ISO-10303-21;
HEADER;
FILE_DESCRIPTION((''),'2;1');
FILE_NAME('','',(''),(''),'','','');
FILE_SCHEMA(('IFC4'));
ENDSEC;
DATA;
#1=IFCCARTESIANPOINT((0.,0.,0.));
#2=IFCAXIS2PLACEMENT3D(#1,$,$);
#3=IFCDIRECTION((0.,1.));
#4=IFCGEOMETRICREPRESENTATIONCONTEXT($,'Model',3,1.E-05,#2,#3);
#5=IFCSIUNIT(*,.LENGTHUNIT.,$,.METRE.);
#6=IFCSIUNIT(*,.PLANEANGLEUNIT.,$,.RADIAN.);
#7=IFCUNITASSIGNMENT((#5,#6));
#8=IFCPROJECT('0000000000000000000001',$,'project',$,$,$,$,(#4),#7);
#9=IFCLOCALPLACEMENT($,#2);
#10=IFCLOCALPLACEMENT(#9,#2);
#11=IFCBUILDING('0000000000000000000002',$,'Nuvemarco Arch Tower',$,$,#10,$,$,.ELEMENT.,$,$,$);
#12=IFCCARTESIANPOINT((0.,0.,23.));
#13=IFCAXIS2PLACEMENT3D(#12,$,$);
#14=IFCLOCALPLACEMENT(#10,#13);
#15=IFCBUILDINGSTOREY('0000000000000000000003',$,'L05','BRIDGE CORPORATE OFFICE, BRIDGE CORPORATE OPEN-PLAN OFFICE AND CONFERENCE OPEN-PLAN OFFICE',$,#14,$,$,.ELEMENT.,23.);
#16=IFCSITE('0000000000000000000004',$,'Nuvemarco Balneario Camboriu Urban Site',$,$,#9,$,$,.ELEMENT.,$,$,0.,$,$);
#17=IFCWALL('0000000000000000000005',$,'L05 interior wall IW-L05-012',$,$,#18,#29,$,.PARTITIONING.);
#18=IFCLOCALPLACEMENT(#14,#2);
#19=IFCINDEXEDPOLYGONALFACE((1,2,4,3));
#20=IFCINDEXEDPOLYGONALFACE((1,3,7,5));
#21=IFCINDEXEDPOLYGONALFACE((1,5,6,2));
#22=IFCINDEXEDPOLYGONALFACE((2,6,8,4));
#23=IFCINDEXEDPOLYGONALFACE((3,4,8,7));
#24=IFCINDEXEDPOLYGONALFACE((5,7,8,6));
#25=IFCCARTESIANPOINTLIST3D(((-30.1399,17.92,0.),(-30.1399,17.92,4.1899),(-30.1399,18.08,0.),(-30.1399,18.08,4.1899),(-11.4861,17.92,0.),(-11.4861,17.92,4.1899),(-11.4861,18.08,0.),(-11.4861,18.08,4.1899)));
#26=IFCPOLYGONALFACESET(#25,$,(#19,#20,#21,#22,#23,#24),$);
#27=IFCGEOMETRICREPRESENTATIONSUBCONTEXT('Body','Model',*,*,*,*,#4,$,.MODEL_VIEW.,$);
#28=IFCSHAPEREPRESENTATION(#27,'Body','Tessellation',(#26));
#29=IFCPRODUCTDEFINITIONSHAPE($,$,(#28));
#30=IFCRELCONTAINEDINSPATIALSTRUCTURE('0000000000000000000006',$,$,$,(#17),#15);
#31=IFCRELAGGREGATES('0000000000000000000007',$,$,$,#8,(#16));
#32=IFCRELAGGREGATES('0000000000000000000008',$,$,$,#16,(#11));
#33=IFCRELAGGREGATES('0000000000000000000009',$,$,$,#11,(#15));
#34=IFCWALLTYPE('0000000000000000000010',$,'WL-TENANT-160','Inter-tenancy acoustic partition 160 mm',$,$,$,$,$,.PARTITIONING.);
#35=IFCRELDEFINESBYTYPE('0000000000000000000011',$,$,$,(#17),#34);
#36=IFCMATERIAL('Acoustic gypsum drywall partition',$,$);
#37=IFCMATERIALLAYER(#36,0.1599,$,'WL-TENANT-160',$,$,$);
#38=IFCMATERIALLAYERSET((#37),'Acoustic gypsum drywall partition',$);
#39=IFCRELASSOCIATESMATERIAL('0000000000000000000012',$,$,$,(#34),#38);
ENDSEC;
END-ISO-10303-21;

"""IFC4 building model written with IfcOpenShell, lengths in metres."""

from ifc_helpers import new_model, si_unit, direction, frame, frame_2d, origin, place, context, subcontext, project, spatial, rectangle, extrude, material, layer, layer_set, type_object, element, save


model = new_model("IFC4")

# Units and contexts
model_context = context("Model", 3, precision=1e-05, world=origin(), true_north=direction((0.0, 1.0)))
body_context = subcontext(model_context, "Body", "Model", "MODEL_VIEW")
ifc_project = project(units=[si_unit("LENGTHUNIT", "METRE"), si_unit("PLANEANGLEUNIT", "RADIAN")], contexts=[model_context])

# Site, building, storey
site_placement = place(None, origin())
site = spatial("IfcSite", under=ifc_project, at=site_placement, Name="Nuvemarco Balneario Camboriu Urban Site", CompositionType="ELEMENT", RefElevation=0.0)
building_placement = place(site_placement, origin())
building = spatial("IfcBuilding", under=site, at=building_placement, Name="Nuvemarco Arch Tower", CompositionType="ELEMENT")
storey_placement = place(building_placement, frame((0.0, 0.0, 23.0)))
storey = spatial("IfcBuildingStorey", under=building, at=storey_placement, Name="L05", Description="BRIDGE CORPORATE OFFICE, BRIDGE CORPORATE OPEN-PLAN OFFICE AND CONFERENCE OPEN-PLAN OFFICE", CompositionType="ELEMENT", Elevation=23.0)

# Wall
ifc_material_1 = material(Name="Acoustic gypsum drywall partition")
ifc_layer_1 = layer(ifc_material_1, 0.1599, Name="WL-TENANT-160")
ifc_layer_set_1 = layer_set([ifc_layer_1], Name="Acoustic gypsum drywall partition")
wall_type_1 = type_object("IfcWallType", Name="WL-TENANT-160", Description="Inter-tenancy acoustic partition 160 mm", PredefinedType="PARTITIONING", material=ifc_layer_set_1)
wall_1_placement = place(storey_placement, frame((-30.1399, 18.0, 0.0), z_axis=(0.0, 0.0, 1.0), x_axis=(1.0, 0.0, 0.0)))
element("IfcWall", 1, at=wall_1_placement, inside=storey, type_object=wall_type_1, Name="L05 interior wall IW-L05-012", PredefinedType="PARTITIONING", context=body_context, shape_type="SweptSolid", body=[
    extrude(rectangle(XDim=18.6538, YDim=0.1599, at=frame_2d((9.3269, 0.0))), origin(), (0.0, 0.0, 1.0), 4.1899),
])

save(model, "model.ifc")
